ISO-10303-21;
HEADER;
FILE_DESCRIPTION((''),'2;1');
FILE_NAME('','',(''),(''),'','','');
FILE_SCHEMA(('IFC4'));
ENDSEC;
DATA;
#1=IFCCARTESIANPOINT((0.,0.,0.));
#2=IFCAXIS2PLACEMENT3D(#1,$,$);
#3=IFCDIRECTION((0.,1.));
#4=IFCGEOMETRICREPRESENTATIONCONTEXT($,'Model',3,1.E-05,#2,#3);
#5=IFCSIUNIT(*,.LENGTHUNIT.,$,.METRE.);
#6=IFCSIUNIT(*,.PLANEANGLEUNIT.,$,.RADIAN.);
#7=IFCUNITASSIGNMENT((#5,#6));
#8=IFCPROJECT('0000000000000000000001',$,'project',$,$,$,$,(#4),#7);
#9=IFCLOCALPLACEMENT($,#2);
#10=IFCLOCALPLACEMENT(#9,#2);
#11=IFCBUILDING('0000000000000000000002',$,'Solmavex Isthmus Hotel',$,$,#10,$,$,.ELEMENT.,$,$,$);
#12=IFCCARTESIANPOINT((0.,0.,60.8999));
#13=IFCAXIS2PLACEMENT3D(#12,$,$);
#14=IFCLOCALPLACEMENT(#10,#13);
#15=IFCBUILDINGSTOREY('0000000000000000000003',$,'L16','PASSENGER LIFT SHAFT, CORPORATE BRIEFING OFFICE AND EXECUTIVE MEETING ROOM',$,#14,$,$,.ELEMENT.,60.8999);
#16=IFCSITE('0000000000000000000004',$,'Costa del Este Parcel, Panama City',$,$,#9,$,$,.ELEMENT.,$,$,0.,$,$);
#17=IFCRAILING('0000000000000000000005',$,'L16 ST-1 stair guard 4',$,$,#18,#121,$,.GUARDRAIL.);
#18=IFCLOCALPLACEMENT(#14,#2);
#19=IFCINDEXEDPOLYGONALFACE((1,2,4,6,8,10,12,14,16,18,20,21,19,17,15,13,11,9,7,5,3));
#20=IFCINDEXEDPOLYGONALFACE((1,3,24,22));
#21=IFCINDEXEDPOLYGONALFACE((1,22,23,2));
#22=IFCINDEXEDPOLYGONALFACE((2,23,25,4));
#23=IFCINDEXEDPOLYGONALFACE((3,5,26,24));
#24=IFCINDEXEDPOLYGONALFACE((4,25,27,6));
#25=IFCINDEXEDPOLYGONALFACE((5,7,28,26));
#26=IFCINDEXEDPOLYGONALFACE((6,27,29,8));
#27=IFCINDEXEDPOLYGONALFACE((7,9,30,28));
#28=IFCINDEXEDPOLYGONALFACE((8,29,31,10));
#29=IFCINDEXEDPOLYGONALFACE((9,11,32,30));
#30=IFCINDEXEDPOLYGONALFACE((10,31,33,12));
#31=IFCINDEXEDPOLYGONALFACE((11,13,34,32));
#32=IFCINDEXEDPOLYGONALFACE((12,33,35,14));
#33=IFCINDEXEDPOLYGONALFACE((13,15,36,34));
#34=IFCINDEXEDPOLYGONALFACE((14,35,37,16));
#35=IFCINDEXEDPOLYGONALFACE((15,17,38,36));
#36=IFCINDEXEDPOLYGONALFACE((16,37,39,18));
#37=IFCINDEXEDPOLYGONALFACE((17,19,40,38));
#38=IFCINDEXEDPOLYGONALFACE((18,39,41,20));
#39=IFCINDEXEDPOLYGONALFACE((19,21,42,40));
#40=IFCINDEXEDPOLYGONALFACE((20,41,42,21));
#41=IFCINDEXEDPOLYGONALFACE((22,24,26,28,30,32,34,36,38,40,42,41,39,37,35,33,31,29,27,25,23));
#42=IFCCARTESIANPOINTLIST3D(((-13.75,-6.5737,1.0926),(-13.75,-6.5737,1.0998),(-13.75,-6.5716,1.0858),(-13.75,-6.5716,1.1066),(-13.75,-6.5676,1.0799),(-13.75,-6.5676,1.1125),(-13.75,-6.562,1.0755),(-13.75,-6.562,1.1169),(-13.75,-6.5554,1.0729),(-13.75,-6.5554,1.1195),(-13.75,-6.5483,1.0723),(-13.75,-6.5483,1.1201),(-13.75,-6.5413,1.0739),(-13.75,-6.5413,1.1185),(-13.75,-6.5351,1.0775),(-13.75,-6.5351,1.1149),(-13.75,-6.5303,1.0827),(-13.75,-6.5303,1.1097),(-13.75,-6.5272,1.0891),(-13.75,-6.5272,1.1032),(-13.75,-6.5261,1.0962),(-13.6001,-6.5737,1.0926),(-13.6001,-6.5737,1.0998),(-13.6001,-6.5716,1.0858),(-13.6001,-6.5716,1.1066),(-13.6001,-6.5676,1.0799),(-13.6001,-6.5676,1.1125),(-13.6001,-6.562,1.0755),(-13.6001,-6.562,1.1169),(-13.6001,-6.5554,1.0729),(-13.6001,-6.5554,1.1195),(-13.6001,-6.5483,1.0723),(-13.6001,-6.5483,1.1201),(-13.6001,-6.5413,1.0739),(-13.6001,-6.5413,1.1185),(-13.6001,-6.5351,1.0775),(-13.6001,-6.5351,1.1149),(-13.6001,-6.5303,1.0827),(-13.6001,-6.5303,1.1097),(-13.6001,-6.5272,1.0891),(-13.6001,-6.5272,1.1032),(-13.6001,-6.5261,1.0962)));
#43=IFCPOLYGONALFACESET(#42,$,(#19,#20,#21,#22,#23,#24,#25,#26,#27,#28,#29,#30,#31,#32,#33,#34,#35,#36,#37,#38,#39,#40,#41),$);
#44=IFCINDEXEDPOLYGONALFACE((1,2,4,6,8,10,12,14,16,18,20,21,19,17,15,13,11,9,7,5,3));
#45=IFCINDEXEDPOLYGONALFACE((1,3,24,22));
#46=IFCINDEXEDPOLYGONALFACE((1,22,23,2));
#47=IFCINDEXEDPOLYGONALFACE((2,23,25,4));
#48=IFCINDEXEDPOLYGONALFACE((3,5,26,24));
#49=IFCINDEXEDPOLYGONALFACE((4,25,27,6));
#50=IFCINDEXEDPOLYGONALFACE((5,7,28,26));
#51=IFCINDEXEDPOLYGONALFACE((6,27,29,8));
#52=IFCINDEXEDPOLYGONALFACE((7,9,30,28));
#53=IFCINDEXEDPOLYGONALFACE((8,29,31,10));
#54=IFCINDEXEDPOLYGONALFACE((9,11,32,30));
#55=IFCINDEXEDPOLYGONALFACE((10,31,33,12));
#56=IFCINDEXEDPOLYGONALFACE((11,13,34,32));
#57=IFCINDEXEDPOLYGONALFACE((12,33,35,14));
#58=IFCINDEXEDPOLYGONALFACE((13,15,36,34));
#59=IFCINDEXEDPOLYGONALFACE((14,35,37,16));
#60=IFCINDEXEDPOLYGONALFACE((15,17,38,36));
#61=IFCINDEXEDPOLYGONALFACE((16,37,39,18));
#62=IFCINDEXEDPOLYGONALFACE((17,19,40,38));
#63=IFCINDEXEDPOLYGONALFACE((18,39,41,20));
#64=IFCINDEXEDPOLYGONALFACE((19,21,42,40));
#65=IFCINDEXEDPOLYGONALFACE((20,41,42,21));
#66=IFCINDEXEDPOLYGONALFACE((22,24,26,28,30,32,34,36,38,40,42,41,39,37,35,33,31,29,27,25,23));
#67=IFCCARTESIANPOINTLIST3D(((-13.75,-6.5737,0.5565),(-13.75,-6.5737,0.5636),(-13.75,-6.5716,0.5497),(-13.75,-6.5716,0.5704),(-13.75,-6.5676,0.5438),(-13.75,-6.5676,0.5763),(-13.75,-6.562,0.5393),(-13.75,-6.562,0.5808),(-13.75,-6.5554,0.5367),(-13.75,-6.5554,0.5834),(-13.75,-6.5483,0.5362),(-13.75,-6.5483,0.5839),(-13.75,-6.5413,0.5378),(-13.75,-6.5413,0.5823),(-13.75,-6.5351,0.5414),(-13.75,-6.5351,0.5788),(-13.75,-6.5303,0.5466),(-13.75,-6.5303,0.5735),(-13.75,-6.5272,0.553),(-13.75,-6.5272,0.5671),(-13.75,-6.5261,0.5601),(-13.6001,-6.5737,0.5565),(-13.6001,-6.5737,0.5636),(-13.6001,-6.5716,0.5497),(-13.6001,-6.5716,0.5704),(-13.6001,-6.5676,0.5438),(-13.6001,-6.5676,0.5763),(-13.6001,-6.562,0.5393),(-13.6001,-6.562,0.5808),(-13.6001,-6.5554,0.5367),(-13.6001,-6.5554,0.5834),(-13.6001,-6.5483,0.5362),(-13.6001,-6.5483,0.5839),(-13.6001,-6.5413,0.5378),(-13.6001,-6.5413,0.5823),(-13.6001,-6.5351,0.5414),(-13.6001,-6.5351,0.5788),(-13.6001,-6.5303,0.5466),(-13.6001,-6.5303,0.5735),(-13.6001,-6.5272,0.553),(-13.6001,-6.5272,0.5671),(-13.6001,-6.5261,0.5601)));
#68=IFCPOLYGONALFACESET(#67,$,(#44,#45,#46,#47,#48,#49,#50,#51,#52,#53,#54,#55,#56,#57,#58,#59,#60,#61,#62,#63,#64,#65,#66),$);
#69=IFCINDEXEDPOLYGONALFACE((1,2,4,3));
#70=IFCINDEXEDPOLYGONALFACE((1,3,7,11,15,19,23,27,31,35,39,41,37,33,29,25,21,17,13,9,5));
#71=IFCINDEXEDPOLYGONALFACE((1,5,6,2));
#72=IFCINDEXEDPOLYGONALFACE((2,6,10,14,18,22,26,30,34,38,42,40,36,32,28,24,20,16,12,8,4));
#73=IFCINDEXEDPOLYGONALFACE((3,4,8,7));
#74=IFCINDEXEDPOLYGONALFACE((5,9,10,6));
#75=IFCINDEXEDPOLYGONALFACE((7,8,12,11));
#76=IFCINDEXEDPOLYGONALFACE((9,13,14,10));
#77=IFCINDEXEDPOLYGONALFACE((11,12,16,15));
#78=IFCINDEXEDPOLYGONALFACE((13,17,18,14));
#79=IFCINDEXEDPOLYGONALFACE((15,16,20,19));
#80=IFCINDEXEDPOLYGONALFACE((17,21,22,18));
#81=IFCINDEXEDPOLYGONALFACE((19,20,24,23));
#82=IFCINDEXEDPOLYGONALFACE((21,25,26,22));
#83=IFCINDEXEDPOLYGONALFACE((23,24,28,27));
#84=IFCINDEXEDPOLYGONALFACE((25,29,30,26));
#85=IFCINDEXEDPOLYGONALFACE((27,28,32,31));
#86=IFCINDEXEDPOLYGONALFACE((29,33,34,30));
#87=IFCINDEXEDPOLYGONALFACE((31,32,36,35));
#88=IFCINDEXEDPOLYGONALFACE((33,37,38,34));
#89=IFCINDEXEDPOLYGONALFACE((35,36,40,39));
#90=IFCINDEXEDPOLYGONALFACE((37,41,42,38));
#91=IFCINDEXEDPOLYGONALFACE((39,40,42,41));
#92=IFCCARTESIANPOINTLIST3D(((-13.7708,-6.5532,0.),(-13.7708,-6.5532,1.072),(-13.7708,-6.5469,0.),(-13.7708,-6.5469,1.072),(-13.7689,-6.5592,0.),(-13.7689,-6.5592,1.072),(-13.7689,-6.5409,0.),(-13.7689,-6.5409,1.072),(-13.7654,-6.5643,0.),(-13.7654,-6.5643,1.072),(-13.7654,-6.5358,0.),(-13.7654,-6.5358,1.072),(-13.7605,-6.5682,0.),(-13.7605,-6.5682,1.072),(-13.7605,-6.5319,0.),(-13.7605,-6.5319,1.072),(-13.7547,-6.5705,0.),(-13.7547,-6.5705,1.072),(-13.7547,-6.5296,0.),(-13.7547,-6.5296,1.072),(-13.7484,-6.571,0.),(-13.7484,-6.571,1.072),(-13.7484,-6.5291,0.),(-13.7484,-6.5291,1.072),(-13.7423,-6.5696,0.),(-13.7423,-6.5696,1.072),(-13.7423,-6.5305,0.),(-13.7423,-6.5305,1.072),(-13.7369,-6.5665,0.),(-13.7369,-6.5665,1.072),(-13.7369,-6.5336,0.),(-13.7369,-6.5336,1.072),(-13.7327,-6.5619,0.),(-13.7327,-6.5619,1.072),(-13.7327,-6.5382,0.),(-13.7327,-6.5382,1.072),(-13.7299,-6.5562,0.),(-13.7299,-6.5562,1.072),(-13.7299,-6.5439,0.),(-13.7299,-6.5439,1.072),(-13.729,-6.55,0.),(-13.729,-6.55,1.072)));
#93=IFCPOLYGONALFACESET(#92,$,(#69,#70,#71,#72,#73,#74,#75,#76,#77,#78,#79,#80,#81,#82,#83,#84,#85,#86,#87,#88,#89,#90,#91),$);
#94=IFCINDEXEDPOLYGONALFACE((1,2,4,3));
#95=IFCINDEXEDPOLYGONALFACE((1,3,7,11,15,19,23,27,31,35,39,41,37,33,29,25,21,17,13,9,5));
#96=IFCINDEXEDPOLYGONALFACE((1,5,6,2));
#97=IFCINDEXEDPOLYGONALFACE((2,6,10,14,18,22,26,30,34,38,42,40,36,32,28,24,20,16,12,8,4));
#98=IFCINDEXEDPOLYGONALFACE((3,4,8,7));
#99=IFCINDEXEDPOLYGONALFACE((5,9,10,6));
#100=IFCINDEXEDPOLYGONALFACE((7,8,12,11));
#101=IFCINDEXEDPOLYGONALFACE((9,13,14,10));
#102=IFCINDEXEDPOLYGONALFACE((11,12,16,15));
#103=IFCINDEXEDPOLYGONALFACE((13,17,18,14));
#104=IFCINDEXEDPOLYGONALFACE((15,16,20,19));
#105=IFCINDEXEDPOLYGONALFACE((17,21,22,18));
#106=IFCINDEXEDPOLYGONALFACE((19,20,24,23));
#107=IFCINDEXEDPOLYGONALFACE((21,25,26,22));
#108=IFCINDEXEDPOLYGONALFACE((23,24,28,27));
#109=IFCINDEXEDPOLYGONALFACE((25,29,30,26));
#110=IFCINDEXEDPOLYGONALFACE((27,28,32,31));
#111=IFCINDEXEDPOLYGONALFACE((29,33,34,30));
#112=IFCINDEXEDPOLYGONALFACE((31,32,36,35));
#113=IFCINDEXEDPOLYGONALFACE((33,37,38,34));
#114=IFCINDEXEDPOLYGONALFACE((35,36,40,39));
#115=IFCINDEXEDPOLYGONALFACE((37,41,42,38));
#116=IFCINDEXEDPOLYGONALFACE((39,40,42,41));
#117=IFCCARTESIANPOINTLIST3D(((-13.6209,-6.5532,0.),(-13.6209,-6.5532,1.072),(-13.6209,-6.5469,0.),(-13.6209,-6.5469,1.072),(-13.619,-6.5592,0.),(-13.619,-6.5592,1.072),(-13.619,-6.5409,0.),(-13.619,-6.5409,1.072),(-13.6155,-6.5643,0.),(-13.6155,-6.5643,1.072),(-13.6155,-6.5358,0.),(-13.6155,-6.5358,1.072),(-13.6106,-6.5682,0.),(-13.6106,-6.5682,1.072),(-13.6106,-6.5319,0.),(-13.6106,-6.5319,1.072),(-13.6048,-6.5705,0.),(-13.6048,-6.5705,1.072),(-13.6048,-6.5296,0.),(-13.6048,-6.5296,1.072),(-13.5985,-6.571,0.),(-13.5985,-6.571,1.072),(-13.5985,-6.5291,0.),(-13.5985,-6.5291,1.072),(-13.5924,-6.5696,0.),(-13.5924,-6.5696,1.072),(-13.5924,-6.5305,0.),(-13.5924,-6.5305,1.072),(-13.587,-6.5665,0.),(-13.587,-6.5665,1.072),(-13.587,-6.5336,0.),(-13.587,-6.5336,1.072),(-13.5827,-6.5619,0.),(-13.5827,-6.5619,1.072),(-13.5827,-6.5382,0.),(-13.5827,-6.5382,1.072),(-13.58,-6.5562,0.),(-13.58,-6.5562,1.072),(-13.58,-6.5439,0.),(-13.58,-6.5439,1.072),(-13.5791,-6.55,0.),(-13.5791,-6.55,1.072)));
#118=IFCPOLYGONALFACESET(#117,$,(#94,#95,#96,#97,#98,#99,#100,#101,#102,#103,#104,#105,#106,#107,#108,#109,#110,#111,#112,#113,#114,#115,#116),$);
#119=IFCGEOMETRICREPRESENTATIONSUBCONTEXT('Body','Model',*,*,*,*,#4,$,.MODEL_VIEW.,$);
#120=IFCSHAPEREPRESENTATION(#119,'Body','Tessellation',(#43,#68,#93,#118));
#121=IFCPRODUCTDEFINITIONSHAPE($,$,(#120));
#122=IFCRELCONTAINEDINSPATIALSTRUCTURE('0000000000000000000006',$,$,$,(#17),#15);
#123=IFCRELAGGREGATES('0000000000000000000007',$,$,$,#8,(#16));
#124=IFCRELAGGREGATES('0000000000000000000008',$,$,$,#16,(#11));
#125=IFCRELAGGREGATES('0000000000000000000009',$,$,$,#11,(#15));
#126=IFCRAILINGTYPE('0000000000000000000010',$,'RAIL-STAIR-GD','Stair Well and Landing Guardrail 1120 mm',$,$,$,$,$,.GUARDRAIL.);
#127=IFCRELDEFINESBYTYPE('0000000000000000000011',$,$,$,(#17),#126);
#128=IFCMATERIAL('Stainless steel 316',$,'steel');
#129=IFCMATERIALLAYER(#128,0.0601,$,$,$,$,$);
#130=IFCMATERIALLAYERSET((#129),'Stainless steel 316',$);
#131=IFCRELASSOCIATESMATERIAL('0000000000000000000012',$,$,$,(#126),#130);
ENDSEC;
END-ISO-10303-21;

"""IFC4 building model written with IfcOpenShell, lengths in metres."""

from ifc_helpers import new_model, si_unit, direction, frame, origin, origin_2d, place, context, subcontext, project, spatial, circle, extrude, material, layer, layer_set, type_object, element, save


model = new_model("IFC4")

# Units and contexts
model_context = context("Model", 3, precision=1e-05, world=origin(), true_north=direction((0.0, 1.0)))
body_context = subcontext(model_context, "Body", "Model", "MODEL_VIEW")
ifc_project = project(units=[si_unit("LENGTHUNIT", "METRE"), si_unit("PLANEANGLEUNIT", "RADIAN")], contexts=[model_context])

# Site, building, storey
site_placement = place(None, origin())
site = spatial("IfcSite", under=ifc_project, at=site_placement, Name="Costa del Este Parcel, Panama City", CompositionType="ELEMENT", RefElevation=0.0)
building_placement = place(site_placement, origin())
building = spatial("IfcBuilding", under=site, at=building_placement, Name="Solmavex Isthmus Hotel", CompositionType="ELEMENT")
storey_placement = place(building_placement, frame((0.0, 0.0, 60.8999)))
storey = spatial("IfcBuildingStorey", under=building, at=storey_placement, Name="L16", Description="PASSENGER LIFT SHAFT, CORPORATE BRIEFING OFFICE AND EXECUTIVE MEETING ROOM", CompositionType="ELEMENT", Elevation=60.8999)

# Shared definitions
ifc_material_1 = material(Name="Stainless steel 316", Category="steel")

# Railing
ifc_layer_1 = layer(ifc_material_1, 0.0601)
ifc_layer_set_1 = layer_set([ifc_layer_1], Name="Stainless steel 316")
railing_type_1 = type_object("IfcRailingType", Name="RAIL-STAIR-GD", Description="Stair Well and Landing Guardrail 1120 mm", PredefinedType="GUARDRAIL", material=ifc_layer_set_1)
railing_1_placement = place(storey_placement, frame((-13.75, -6.55, 0.0)))
element("IfcRailing", 1, at=railing_1_placement, inside=storey, type_object=railing_type_1, Name="L16 ST-1 stair guard 4", PredefinedType="GUARDRAIL", context=body_context, shape_type="SweptSolid", body=[
    extrude(circle(Radius=0.0239, at=origin_2d()), frame((0.0, 0.0, 1.0962), z_axis=(1.0, 0.0, 0.0), x_axis=(0.0, 1.0, 0.0)), (0.0, 0.0, 1.0), 0.1499),
    extrude(circle(Radius=0.0239, at=origin_2d()), frame((0.0, 0.0, 0.5601), z_axis=(1.0, 0.0, 0.0), x_axis=(0.0, 1.0, 0.0)), (0.0, 0.0, 1.0), 0.1499),
    extrude(circle(Radius=0.021, at=origin_2d()), origin(), (0.0, 0.0, 1.0), 1.072),
    extrude(circle(Radius=0.021, at=origin_2d()), frame((0.1499, 0.0, 0.0)), (0.0, 0.0, 1.0), 1.072),
])

save(model, "model.ifc")
